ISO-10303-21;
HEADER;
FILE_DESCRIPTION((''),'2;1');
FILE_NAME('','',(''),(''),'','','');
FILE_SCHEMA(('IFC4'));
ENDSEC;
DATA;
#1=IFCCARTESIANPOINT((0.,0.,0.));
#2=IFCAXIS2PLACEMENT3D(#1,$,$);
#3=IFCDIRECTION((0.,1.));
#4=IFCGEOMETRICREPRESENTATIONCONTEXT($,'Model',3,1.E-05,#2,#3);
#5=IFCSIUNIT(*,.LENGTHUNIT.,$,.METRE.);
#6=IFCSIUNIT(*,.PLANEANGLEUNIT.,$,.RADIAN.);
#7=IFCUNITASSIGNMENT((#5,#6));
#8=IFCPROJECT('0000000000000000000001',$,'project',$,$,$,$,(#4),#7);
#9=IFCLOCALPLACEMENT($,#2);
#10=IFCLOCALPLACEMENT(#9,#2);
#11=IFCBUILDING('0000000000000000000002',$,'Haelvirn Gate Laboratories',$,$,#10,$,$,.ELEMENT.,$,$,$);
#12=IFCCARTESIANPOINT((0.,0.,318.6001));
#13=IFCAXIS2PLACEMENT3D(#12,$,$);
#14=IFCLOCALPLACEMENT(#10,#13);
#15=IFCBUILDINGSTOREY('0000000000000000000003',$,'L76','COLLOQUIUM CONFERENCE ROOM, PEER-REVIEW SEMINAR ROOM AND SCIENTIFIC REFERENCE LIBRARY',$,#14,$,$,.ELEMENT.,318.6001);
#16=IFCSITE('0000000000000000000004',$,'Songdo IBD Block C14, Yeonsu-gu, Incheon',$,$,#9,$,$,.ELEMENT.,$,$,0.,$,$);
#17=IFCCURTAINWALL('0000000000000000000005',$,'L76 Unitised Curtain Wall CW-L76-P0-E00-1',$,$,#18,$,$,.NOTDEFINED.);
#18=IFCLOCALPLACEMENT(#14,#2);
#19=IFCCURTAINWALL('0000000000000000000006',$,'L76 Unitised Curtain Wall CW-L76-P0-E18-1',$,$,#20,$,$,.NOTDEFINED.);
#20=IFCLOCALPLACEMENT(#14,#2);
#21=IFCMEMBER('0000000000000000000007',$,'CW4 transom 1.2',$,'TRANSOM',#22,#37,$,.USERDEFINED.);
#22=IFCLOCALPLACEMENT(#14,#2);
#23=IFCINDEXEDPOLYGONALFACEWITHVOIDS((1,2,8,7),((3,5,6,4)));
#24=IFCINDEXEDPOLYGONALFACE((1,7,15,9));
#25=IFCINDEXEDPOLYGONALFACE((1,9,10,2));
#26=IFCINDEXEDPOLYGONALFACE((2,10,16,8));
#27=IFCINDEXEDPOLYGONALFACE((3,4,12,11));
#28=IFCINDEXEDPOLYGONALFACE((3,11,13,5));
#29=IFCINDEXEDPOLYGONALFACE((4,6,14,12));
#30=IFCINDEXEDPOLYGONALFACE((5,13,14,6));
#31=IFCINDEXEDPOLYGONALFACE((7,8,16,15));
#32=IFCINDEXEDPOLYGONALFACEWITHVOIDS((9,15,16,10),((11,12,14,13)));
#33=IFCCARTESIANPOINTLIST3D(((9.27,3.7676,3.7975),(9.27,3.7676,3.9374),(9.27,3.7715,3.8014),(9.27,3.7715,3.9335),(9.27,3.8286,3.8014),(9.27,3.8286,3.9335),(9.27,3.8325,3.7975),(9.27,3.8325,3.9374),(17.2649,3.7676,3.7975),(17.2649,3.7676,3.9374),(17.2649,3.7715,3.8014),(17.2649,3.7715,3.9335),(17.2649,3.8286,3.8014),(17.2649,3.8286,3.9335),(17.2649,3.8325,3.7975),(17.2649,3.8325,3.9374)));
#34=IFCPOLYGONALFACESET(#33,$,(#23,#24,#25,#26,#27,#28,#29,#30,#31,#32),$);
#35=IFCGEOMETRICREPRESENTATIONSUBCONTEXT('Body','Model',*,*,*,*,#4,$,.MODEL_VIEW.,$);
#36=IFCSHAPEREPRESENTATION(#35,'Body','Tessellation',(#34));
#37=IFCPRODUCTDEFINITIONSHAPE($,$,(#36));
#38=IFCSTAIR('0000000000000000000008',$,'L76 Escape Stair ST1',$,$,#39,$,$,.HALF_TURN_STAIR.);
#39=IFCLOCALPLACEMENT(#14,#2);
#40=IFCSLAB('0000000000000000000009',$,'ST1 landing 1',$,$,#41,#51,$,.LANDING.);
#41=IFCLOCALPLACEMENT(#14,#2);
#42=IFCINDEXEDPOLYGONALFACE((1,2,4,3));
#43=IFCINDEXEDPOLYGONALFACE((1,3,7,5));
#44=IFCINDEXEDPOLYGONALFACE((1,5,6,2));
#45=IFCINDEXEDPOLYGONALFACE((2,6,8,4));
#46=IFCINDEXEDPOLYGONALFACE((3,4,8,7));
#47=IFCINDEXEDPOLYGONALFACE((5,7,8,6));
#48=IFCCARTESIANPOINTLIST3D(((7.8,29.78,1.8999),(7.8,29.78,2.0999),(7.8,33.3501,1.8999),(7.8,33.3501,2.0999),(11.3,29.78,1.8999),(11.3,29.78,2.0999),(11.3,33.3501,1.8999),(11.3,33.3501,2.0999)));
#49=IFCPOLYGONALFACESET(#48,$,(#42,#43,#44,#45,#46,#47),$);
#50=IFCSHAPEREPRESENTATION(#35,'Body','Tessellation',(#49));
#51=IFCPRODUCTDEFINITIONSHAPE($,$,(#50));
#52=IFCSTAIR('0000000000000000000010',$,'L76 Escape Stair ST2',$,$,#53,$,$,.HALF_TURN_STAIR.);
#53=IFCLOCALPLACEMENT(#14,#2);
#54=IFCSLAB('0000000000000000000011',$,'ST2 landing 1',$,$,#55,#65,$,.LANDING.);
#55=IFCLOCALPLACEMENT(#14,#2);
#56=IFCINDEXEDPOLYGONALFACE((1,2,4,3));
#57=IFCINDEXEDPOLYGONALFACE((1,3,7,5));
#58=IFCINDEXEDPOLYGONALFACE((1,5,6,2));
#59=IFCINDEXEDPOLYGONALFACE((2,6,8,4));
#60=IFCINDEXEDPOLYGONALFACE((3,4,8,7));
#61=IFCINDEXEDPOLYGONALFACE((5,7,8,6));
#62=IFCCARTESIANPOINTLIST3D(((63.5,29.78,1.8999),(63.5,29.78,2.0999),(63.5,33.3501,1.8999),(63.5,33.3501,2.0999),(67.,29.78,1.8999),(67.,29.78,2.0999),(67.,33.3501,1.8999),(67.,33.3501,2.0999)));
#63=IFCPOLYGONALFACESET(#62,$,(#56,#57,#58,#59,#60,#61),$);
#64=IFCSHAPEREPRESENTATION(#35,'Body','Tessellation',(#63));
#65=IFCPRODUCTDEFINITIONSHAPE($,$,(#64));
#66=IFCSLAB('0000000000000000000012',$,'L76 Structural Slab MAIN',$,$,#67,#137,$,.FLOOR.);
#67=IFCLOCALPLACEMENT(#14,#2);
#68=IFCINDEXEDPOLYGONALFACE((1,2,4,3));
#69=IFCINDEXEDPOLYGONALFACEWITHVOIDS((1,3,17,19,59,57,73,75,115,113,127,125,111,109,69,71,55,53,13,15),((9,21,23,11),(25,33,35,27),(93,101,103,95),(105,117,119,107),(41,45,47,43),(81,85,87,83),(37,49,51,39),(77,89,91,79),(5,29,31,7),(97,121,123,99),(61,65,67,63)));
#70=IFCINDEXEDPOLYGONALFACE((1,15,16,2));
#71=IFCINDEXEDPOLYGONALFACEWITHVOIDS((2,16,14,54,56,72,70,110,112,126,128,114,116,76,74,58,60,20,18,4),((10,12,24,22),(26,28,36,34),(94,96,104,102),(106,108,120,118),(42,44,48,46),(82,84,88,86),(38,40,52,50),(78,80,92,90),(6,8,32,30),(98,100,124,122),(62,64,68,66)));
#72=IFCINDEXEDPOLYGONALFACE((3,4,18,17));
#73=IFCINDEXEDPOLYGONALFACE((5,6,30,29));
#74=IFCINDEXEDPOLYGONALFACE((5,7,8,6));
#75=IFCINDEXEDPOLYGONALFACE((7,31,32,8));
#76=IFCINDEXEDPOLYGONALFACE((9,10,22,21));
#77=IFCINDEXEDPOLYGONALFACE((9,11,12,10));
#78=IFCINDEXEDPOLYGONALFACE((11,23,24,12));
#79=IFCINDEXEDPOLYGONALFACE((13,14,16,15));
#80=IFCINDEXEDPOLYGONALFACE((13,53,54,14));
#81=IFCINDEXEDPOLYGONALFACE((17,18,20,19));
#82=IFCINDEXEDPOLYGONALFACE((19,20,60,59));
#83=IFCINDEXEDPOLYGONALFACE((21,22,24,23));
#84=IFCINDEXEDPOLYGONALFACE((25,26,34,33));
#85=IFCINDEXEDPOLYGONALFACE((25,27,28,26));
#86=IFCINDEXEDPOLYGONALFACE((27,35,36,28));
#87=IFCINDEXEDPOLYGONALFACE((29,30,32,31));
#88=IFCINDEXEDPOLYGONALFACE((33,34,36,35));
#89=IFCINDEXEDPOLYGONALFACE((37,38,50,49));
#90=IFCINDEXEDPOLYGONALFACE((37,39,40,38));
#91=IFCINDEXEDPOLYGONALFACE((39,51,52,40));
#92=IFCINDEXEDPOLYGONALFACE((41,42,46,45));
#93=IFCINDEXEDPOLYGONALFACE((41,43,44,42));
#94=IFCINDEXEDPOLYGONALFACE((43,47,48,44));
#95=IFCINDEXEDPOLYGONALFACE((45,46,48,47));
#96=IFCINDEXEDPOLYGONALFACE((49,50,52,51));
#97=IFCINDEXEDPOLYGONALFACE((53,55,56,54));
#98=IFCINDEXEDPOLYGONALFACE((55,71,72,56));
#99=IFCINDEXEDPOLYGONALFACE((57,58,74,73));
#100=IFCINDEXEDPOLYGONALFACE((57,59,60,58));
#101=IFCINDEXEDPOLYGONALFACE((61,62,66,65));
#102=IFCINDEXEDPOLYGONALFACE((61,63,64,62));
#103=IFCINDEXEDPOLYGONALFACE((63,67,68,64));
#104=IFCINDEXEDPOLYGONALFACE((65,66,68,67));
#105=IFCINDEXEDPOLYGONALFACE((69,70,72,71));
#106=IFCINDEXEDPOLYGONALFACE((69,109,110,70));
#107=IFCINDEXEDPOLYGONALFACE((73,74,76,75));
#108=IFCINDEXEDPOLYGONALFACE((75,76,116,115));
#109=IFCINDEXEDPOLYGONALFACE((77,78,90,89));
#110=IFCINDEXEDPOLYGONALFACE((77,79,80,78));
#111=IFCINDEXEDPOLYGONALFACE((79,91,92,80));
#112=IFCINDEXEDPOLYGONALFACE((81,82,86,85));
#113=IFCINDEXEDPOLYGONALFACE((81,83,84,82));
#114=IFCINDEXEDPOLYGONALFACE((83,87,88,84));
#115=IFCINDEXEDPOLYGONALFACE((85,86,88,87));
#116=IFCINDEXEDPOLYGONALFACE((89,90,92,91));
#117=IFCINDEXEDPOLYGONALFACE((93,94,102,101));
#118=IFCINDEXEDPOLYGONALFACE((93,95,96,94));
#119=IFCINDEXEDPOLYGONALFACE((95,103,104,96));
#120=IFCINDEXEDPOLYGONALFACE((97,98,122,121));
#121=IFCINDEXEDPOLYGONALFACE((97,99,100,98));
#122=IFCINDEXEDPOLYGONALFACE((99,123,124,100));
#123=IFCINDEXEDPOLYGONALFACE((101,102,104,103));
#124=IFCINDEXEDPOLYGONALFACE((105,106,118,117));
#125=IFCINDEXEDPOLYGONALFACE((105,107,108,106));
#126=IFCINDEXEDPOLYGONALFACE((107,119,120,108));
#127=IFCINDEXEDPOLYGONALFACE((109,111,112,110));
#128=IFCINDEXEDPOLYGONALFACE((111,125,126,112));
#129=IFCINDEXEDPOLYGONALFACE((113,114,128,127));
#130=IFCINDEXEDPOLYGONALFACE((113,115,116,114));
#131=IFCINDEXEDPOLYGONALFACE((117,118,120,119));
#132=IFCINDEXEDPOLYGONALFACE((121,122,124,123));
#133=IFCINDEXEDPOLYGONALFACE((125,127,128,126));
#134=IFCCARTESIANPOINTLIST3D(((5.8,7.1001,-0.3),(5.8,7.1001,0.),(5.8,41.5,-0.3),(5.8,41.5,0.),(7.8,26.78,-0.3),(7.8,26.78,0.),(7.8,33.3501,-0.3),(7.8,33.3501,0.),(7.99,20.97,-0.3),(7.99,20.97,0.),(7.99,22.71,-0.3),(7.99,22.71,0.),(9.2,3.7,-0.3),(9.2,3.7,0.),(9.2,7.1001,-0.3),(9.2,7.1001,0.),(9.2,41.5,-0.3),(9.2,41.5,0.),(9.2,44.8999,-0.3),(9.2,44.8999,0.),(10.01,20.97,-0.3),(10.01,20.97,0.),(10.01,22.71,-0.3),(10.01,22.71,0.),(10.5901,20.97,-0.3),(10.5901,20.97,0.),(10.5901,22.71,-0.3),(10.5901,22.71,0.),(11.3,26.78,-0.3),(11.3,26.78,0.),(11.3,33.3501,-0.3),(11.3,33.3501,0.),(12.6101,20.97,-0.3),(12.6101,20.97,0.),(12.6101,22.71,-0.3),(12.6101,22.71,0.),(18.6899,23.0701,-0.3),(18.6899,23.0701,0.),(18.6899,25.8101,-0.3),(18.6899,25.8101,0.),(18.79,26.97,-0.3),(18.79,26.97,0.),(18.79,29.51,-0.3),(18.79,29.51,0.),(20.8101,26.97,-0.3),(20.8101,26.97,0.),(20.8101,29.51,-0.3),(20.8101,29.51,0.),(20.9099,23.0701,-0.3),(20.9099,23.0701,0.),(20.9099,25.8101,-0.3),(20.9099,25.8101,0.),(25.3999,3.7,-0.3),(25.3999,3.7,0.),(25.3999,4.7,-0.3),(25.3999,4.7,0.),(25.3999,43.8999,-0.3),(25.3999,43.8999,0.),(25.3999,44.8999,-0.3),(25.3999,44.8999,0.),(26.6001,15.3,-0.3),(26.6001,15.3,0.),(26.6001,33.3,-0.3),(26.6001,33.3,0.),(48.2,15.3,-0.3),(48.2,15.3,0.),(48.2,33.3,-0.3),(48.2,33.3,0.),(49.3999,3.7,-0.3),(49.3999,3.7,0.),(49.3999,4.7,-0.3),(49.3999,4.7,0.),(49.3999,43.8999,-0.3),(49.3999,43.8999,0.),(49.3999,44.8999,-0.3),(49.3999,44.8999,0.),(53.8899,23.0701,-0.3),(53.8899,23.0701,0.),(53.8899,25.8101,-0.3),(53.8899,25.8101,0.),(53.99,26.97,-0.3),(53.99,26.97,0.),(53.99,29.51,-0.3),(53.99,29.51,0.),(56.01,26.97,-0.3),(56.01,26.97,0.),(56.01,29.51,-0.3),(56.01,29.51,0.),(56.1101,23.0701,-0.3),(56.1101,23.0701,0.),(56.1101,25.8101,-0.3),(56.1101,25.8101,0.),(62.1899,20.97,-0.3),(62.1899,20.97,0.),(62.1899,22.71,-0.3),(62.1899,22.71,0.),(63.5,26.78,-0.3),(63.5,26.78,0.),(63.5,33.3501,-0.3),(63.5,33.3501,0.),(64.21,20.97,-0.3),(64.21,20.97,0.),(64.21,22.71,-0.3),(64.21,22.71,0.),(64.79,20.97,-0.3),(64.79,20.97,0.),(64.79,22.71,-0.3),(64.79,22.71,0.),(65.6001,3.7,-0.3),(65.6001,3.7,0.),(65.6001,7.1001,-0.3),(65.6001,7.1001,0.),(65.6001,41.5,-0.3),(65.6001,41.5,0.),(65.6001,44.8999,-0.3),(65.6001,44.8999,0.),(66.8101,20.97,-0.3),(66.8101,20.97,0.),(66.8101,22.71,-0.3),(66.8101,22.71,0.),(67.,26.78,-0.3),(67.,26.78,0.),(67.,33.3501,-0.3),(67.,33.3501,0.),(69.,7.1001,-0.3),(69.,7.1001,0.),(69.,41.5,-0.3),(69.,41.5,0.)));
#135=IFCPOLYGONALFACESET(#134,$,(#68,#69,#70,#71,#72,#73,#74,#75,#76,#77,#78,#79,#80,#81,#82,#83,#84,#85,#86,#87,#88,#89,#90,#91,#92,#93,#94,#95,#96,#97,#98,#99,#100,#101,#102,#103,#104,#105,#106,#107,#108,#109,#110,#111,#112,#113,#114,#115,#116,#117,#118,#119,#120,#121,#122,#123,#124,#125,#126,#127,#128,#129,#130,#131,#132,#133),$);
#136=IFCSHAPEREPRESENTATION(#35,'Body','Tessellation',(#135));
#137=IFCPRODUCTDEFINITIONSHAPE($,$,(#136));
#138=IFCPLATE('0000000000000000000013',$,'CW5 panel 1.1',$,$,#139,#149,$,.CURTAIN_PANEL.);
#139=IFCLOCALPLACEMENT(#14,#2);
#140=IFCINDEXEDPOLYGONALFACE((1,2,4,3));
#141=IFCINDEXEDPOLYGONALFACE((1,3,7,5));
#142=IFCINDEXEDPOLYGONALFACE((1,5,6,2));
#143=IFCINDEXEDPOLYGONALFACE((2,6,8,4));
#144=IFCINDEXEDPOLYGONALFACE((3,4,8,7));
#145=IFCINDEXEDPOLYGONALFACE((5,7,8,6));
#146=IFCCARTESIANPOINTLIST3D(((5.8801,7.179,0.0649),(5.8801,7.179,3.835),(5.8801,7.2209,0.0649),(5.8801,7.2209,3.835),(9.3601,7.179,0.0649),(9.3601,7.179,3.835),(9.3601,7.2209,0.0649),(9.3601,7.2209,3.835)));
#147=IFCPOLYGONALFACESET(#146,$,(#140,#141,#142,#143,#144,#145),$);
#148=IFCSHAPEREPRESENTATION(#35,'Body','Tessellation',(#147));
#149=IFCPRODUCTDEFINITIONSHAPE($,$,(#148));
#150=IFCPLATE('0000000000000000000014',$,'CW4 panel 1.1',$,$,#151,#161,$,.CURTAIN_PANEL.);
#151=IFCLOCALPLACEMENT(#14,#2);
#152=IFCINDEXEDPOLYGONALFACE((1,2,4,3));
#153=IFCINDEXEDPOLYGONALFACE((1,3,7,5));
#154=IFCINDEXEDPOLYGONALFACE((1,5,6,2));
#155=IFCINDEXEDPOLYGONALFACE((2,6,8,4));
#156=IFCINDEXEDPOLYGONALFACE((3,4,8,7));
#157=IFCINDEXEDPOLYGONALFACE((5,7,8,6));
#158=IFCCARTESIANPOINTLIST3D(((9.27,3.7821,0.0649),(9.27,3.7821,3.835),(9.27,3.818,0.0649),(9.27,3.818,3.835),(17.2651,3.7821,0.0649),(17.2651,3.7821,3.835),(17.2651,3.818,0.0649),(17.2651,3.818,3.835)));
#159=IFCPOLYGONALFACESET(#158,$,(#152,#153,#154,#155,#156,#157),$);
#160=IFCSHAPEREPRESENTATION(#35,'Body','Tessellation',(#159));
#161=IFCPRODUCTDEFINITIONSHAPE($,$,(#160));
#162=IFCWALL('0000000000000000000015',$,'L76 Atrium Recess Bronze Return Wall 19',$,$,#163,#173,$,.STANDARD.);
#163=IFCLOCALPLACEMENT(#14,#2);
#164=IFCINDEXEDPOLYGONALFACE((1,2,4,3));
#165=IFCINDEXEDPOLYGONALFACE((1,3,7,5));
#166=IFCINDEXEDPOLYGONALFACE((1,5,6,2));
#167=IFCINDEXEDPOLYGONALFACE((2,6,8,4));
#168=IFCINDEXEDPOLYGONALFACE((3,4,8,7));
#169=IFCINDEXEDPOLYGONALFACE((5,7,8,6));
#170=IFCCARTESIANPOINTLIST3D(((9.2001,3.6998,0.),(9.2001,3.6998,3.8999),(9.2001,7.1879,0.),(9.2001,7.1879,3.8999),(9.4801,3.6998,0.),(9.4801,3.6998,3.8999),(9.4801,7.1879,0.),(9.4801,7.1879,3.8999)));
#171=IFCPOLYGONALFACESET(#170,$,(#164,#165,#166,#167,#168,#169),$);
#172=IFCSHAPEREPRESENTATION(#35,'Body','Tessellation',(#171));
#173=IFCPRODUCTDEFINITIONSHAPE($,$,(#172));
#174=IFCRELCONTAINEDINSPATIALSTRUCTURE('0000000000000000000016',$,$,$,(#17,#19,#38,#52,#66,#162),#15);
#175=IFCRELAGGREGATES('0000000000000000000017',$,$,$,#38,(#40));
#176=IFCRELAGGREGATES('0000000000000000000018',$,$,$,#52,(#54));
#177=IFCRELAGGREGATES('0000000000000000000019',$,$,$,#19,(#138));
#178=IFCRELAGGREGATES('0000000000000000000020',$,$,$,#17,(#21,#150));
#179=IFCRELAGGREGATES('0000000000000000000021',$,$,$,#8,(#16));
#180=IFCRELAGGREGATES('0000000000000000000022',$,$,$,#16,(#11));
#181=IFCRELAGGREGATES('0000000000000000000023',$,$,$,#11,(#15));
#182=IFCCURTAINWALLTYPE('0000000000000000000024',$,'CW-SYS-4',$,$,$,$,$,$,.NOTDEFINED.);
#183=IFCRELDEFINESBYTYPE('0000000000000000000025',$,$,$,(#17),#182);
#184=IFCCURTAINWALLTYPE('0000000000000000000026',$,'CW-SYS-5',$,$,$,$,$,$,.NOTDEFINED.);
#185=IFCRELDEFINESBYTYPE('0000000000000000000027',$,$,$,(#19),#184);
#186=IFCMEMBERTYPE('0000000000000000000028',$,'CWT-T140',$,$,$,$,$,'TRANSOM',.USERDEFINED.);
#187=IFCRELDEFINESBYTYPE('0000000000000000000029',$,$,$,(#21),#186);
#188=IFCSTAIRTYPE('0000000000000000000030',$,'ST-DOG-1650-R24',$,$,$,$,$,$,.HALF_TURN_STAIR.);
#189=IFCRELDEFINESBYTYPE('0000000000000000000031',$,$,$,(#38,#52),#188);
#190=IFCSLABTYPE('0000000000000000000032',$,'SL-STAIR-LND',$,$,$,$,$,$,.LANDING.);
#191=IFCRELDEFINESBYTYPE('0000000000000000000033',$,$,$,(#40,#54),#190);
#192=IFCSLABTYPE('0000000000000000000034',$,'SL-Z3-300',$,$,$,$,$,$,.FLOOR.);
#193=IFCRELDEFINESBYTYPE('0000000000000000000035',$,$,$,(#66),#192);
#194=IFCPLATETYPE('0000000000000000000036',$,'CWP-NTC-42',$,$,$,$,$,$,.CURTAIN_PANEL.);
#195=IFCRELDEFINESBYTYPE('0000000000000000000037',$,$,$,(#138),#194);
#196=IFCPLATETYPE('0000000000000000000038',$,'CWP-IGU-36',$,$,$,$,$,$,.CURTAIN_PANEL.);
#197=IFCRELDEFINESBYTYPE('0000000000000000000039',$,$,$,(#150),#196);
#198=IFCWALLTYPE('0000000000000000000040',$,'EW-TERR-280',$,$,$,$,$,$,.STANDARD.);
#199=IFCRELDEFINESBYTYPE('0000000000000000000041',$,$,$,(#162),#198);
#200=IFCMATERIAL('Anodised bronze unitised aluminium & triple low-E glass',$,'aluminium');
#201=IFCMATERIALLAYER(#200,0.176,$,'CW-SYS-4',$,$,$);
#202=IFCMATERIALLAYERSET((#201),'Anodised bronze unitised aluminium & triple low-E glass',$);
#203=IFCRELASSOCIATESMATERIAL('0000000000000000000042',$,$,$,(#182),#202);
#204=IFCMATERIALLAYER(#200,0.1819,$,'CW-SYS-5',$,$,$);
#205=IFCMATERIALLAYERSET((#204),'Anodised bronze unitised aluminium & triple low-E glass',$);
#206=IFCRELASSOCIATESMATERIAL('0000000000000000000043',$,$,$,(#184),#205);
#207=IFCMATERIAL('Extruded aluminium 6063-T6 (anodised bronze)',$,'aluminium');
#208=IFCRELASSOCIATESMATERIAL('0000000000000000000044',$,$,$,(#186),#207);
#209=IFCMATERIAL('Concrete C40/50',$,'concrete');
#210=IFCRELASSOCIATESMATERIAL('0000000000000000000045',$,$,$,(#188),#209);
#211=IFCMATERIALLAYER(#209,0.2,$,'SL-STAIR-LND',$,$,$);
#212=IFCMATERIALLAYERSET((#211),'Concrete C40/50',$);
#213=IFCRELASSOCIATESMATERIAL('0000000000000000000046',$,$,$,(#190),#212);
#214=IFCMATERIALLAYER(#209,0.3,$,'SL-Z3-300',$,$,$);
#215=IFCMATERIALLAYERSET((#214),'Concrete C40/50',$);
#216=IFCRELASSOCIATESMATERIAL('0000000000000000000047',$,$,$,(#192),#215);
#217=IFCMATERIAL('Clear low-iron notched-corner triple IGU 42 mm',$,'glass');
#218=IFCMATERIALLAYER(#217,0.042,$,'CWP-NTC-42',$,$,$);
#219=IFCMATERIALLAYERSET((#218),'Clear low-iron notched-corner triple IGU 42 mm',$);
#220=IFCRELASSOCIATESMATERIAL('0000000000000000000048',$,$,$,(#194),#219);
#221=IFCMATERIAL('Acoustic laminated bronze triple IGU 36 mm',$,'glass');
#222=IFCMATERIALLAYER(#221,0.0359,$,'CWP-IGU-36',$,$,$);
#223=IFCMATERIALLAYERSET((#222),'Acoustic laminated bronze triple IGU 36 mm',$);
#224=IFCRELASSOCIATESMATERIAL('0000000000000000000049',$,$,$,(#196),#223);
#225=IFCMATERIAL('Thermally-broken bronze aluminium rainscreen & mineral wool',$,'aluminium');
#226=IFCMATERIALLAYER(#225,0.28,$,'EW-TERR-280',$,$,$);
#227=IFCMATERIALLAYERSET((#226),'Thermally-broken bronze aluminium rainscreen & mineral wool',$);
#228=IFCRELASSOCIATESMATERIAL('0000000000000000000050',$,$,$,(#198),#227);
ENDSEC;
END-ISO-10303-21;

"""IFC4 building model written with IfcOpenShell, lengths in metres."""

from ifc_helpers import new_model, si_unit, direction, frame, frame_2d, origin, origin_2d, place, context, subcontext, project, spatial, polyline, rectangle, hollow_rectangle, outline, extrude, source, transform, mapped, material, layer, layer_set, material_profile, profile_set, type_object, type_shapes, element, aggregate, save


model = new_model("IFC4")

# Units and contexts
model_context = context("Model", 3, precision=1e-05, world=origin(), true_north=direction((0.0, 1.0)))
body_context = subcontext(model_context, "Body", "Model", "MODEL_VIEW")
ifc_project = project(units=[si_unit("LENGTHUNIT", "METRE"), si_unit("PLANEANGLEUNIT", "RADIAN")], contexts=[model_context])

# Site, building, storey
site_placement = place(None, origin())
site = spatial("IfcSite", under=ifc_project, at=site_placement, Name="Songdo IBD Block C14, Yeonsu-gu, Incheon", CompositionType="ELEMENT", RefElevation=0.0)
building_placement = place(site_placement, origin())
building = spatial("IfcBuilding", under=site, at=building_placement, Name="Haelvirn Gate Laboratories", CompositionType="ELEMENT")
storey_placement = place(building_placement, frame((0.0, 0.0, 318.6001)))
storey = spatial("IfcBuildingStorey", under=building, at=storey_placement, Name="L76", Description="COLLOQUIUM CONFERENCE ROOM, PEER-REVIEW SEMINAR ROOM AND SCIENTIFIC REFERENCE LIBRARY", CompositionType="ELEMENT", Elevation=318.6001)

# Curtain wall
ifc_material_1 = material(Name="Anodised bronze unitised aluminium & triple low-E glass", Category="aluminium")
ifc_layer_1 = layer(ifc_material_1, 0.176, Name="CW-SYS-4")
ifc_layer_set_1 = layer_set([ifc_layer_1], Name="Anodised bronze unitised aluminium & triple low-E glass")
curtain_wall_type_1 = type_object("IfcCurtainWallType", Name="CW-SYS-4", PredefinedType="NOTDEFINED", material=ifc_layer_set_1)
curtain_wall_1_placement = place(storey_placement, origin())
curtain_wall_1 = element("IfcCurtainWall", 1, at=curtain_wall_1_placement, inside=storey, type_object=curtain_wall_type_1, Name="L76 Unitised Curtain Wall CW-L76-P0-E00-1", PredefinedType="NOTDEFINED")
ifc_material_2 = material(Name="Extruded aluminium 6063-T6 (anodised bronze)", Category="aluminium")

# Curtain wall
ifc_layer_2 = layer(ifc_material_1, 0.1819, Name="CW-SYS-5")
ifc_layer_set_2 = layer_set([ifc_layer_2], Name="Anodised bronze unitised aluminium & triple low-E glass")
curtain_wall_type_2 = type_object("IfcCurtainWallType", Name="CW-SYS-5", PredefinedType="NOTDEFINED", material=ifc_layer_set_2)
curtain_wall_2_placement = place(storey_placement, origin())
curtain_wall_2 = element("IfcCurtainWall", 2, at=curtain_wall_2_placement, inside=storey, type_object=curtain_wall_type_2, Name="L76 Unitised Curtain Wall CW-L76-P0-E18-1", PredefinedType="NOTDEFINED")
ifc_material_profile_1 = material_profile(ifc_material_2, hollow_rectangle(XDim=0.0649, YDim=0.1399, WallThickness=0.0039, at=origin_2d()), Name="CWT-140x65x4")
ifc_profile_set_1 = profile_set([ifc_material_profile_1], Name="Extruded aluminium 6063-T6 (anodised bronze)")
member_type_1 = type_object("IfcMemberType", Name="CWT-T140", ElementType="TRANSOM", PredefinedType="USERDEFINED", material=ifc_profile_set_1)

# Member
shared_shape_1 = source(origin(), body_context, "Body", "SweptSolid", [
    extrude(hollow_rectangle(XDim=0.0649, YDim=0.1399, WallThickness=0.0039, at=origin_2d()), origin(), (0.0, 0.0, 1.0), 7.9949),
])
member_1_placement = place(storey_placement, frame((9.27, 3.8, 3.8674), z_axis=(1.0, 0.0, 0.0), x_axis=(0.0, 1.0, 0.0)))
member_1 = element("IfcMember", 3, at=member_1_placement, type_object=member_type_1, Name="CW4 transom 1.2", ObjectType="TRANSOM", PredefinedType="USERDEFINED", context=body_context, shape_type="MappedRepresentation", body=[
    mapped(shared_shape_1, transform((0.0, 0.0, 0.0), scale=1.0)),
])

# Stairs, slabs
ifc_material_3 = material(Name="Concrete C40/50", Category="concrete")
stair_type = type_object("IfcStairType", Name="ST-DOG-1650-R24", PredefinedType="HALF_TURN_STAIR", material=ifc_material_3)
stair_1_placement = place(storey_placement, origin())
stair_1 = element("IfcStair", 4, at=stair_1_placement, inside=storey, type_object=stair_type, Name="L76 Escape Stair ST1", PredefinedType="HALF_TURN_STAIR")
ifc_layer_3 = layer(ifc_material_3, 0.2, Name="SL-STAIR-LND")
ifc_layer_set_3 = layer_set([ifc_layer_3], Name="Concrete C40/50")
slab_type_1 = type_object("IfcSlabType", Name="SL-STAIR-LND", PredefinedType="LANDING", material=ifc_layer_set_3)
slab_1_placement = place(storey_placement, frame((0.0, 0.0, 1.8999)))
slab_1 = element("IfcSlab", 5, at=slab_1_placement, type_object=slab_type_1, Name="ST1 landing 1", PredefinedType="LANDING", context=body_context, shape_type="SweptSolid", body=[
    extrude(outline(polyline([(11.3, 29.78), (11.3, 33.3501), (7.8, 33.3501), (7.8, 29.78), (11.3, 29.78)])), origin(), (0.0, 0.0, 1.0), 0.2),
])
aggregate(stair_1, [slab_1])
stair_2_placement = place(storey_placement, origin())
stair_2 = element("IfcStair", 6, at=stair_2_placement, inside=storey, type_object=stair_type, Name="L76 Escape Stair ST2", PredefinedType="HALF_TURN_STAIR")
slab_2_placement = place(storey_placement, frame((0.0, 0.0, 1.8999)))
slab_2 = element("IfcSlab", 7, at=slab_2_placement, type_object=slab_type_1, Name="ST2 landing 1", PredefinedType="LANDING", context=body_context, shape_type="SweptSolid", body=[
    extrude(outline(polyline([(67.0, 29.78), (67.0, 33.3501), (63.5, 33.3501), (63.5, 29.78), (67.0, 29.78)])), origin(), (0.0, 0.0, 1.0), 0.2),
])
aggregate(stair_2, [slab_2])

# Slab
ifc_layer_4 = layer(ifc_material_3, 0.3, Name="SL-Z3-300")
ifc_layer_set_4 = layer_set([ifc_layer_4], Name="Concrete C40/50")
slab_type_2 = type_object("IfcSlabType", Name="SL-Z3-300", PredefinedType="FLOOR", material=ifc_layer_set_4)
slab_3_placement = place(storey_placement, frame((0.0, 0.0, -0.3)))
element("IfcSlab", 8, at=slab_3_placement, inside=storey, type_object=slab_type_2, Name="L76 Structural Slab MAIN", PredefinedType="FLOOR", context=body_context, shape_type="SweptSolid", body=[
    extrude(outline(polyline([(9.2, 3.7), (25.3999, 3.7), (25.3999, 4.7), (49.3999, 4.7), (49.3999, 3.7), (65.6001, 3.7), (65.6001, 7.1001), (69.0, 7.1001), (69.0, 41.5), (65.6001, 41.5), (65.6001, 44.8999), (49.3999, 44.8999), (49.3999, 43.8999), (25.3999, 43.8999), (25.3999, 44.8999), (9.2, 44.8999), (9.2, 41.5), (5.8, 41.5), (5.8, 7.1001), (9.2, 7.1001), (9.2, 3.7)]), holes=[polyline([(26.6001, 15.3), (48.2, 15.3), (48.2, 33.3), (26.6001, 33.3), (26.6001, 15.3)]), polyline([(11.3, 26.78), (11.3, 33.3501), (7.8, 33.3501), (7.8, 26.78), (11.3, 26.78)]), polyline([(67.0, 26.78), (67.0, 33.3501), (63.5, 33.3501), (63.5, 26.78), (67.0, 26.78)]), polyline([(7.99, 20.97), (10.01, 20.97), (10.01, 22.71), (7.99, 22.71), (7.99, 20.97)]), polyline([(10.5901, 20.97), (12.6101, 20.97), (12.6101, 22.71), (10.5901, 22.71), (10.5901, 20.97)]), polyline([(18.79, 26.97), (20.8101, 26.97), (20.8101, 29.51), (18.79, 29.51), (18.79, 26.97)]), polyline([(18.6899, 23.0701), (20.9099, 23.0701), (20.9099, 25.8101), (18.6899, 25.8101), (18.6899, 23.0701)]), polyline([(64.79, 20.97), (66.8101, 20.97), (66.8101, 22.71), (64.79, 22.71), (64.79, 20.97)]), polyline([(62.1899, 20.97), (64.21, 20.97), (64.21, 22.71), (62.1899, 22.71), (62.1899, 20.97)]), polyline([(53.99, 26.97), (56.01, 26.97), (56.01, 29.51), (53.99, 29.51), (53.99, 26.97)]), polyline([(53.8899, 23.0701), (56.1101, 23.0701), (56.1101, 25.8101), (53.8899, 25.8101), (53.8899, 23.0701)])]), origin(), (0.0, 0.0, 1.0), 0.3),
])

# Plates
ifc_material_4 = material(Name="Clear low-iron notched-corner triple IGU 42 mm", Category="glass")
ifc_layer_5 = layer(ifc_material_4, 0.042, Name="CWP-NTC-42")
ifc_layer_set_5 = layer_set([ifc_layer_5], Name="Clear low-iron notched-corner triple IGU 42 mm")
plate_type_1 = type_object("IfcPlateType", Name="CWP-NTC-42", PredefinedType="CURTAIN_PANEL", material=ifc_layer_set_5)
shared_shape_2 = source(origin(), body_context, "Body", "SweptSolid", [
    extrude(rectangle(XDim=3.48, YDim=0.042, at=origin_2d()), origin(), (0.0, 0.0, 1.0), 3.77),
])
type_shapes(plate_type_1, [shared_shape_2])
plate_1_placement = place(storey_placement, frame((7.6201, 7.2, 0.0649), z_axis=(0.0, 0.0, 1.0), x_axis=(1.0, 0.0, 0.0)))
plate_1 = element("IfcPlate", 9, at=plate_1_placement, type_object=plate_type_1, Name="CW5 panel 1.1", PredefinedType="CURTAIN_PANEL", context=body_context, shape_type="MappedRepresentation", body=[
    mapped(shared_shape_2, transform((0.0, 0.0, 0.0), scale=1.0)),
])
aggregate(curtain_wall_2, [plate_1])
ifc_material_5 = material(Name="Acoustic laminated bronze triple IGU 36 mm", Category="glass")
ifc_layer_6 = layer(ifc_material_5, 0.0359, Name="CWP-IGU-36")
ifc_layer_set_6 = layer_set([ifc_layer_6], Name="Acoustic laminated bronze triple IGU 36 mm")
plate_type_2 = type_object("IfcPlateType", Name="CWP-IGU-36", PredefinedType="CURTAIN_PANEL", material=ifc_layer_set_6)
shared_shape_3 = source(origin(), body_context, "Body", "SweptSolid", [
    extrude(rectangle(XDim=7.9951, YDim=0.0359, at=origin_2d()), origin(), (0.0, 0.0, 1.0), 3.77),
])
type_shapes(plate_type_2, [shared_shape_3])
plate_2_placement = place(storey_placement, frame((13.2676, 3.8, 0.0649), z_axis=(0.0, 0.0, 1.0), x_axis=(1.0, 0.0, 0.0)))
plate_2 = element("IfcPlate", 10, at=plate_2_placement, type_object=plate_type_2, Name="CW4 panel 1.1", PredefinedType="CURTAIN_PANEL", context=body_context, shape_type="MappedRepresentation", body=[
    mapped(shared_shape_3, transform((0.0, 0.0, 0.0), scale=1.0)),
])
aggregate(curtain_wall_1, [member_1, plate_2])

# Wall
ifc_material_6 = material(Name="Thermally-broken bronze aluminium rainscreen & mineral wool", Category="aluminium")
ifc_layer_7 = layer(ifc_material_6, 0.28, Name="EW-TERR-280")
ifc_layer_set_7 = layer_set([ifc_layer_7], Name="Thermally-broken bronze aluminium rainscreen & mineral wool")
wall_type_1 = type_object("IfcWallType", Name="EW-TERR-280", PredefinedType="STANDARD", material=ifc_layer_set_7)
wall_1_placement = place(storey_placement, frame((9.3401, 7.188, 0.0), z_axis=(0.0, 0.0, 1.0), x_axis=(0.0, -1.0, 0.0)))
element("IfcWall", 11, at=wall_1_placement, inside=storey, type_object=wall_type_1, Name="L76 Atrium Recess Bronze Return Wall 19", PredefinedType="STANDARD", context=body_context, shape_type="SweptSolid", body=[
    extrude(rectangle(XDim=3.488, YDim=0.28, at=frame_2d((1.7441, 0.0))), origin(), (0.0, 0.0, 1.0), 3.8999),
])

save(model, "model.ifc")
